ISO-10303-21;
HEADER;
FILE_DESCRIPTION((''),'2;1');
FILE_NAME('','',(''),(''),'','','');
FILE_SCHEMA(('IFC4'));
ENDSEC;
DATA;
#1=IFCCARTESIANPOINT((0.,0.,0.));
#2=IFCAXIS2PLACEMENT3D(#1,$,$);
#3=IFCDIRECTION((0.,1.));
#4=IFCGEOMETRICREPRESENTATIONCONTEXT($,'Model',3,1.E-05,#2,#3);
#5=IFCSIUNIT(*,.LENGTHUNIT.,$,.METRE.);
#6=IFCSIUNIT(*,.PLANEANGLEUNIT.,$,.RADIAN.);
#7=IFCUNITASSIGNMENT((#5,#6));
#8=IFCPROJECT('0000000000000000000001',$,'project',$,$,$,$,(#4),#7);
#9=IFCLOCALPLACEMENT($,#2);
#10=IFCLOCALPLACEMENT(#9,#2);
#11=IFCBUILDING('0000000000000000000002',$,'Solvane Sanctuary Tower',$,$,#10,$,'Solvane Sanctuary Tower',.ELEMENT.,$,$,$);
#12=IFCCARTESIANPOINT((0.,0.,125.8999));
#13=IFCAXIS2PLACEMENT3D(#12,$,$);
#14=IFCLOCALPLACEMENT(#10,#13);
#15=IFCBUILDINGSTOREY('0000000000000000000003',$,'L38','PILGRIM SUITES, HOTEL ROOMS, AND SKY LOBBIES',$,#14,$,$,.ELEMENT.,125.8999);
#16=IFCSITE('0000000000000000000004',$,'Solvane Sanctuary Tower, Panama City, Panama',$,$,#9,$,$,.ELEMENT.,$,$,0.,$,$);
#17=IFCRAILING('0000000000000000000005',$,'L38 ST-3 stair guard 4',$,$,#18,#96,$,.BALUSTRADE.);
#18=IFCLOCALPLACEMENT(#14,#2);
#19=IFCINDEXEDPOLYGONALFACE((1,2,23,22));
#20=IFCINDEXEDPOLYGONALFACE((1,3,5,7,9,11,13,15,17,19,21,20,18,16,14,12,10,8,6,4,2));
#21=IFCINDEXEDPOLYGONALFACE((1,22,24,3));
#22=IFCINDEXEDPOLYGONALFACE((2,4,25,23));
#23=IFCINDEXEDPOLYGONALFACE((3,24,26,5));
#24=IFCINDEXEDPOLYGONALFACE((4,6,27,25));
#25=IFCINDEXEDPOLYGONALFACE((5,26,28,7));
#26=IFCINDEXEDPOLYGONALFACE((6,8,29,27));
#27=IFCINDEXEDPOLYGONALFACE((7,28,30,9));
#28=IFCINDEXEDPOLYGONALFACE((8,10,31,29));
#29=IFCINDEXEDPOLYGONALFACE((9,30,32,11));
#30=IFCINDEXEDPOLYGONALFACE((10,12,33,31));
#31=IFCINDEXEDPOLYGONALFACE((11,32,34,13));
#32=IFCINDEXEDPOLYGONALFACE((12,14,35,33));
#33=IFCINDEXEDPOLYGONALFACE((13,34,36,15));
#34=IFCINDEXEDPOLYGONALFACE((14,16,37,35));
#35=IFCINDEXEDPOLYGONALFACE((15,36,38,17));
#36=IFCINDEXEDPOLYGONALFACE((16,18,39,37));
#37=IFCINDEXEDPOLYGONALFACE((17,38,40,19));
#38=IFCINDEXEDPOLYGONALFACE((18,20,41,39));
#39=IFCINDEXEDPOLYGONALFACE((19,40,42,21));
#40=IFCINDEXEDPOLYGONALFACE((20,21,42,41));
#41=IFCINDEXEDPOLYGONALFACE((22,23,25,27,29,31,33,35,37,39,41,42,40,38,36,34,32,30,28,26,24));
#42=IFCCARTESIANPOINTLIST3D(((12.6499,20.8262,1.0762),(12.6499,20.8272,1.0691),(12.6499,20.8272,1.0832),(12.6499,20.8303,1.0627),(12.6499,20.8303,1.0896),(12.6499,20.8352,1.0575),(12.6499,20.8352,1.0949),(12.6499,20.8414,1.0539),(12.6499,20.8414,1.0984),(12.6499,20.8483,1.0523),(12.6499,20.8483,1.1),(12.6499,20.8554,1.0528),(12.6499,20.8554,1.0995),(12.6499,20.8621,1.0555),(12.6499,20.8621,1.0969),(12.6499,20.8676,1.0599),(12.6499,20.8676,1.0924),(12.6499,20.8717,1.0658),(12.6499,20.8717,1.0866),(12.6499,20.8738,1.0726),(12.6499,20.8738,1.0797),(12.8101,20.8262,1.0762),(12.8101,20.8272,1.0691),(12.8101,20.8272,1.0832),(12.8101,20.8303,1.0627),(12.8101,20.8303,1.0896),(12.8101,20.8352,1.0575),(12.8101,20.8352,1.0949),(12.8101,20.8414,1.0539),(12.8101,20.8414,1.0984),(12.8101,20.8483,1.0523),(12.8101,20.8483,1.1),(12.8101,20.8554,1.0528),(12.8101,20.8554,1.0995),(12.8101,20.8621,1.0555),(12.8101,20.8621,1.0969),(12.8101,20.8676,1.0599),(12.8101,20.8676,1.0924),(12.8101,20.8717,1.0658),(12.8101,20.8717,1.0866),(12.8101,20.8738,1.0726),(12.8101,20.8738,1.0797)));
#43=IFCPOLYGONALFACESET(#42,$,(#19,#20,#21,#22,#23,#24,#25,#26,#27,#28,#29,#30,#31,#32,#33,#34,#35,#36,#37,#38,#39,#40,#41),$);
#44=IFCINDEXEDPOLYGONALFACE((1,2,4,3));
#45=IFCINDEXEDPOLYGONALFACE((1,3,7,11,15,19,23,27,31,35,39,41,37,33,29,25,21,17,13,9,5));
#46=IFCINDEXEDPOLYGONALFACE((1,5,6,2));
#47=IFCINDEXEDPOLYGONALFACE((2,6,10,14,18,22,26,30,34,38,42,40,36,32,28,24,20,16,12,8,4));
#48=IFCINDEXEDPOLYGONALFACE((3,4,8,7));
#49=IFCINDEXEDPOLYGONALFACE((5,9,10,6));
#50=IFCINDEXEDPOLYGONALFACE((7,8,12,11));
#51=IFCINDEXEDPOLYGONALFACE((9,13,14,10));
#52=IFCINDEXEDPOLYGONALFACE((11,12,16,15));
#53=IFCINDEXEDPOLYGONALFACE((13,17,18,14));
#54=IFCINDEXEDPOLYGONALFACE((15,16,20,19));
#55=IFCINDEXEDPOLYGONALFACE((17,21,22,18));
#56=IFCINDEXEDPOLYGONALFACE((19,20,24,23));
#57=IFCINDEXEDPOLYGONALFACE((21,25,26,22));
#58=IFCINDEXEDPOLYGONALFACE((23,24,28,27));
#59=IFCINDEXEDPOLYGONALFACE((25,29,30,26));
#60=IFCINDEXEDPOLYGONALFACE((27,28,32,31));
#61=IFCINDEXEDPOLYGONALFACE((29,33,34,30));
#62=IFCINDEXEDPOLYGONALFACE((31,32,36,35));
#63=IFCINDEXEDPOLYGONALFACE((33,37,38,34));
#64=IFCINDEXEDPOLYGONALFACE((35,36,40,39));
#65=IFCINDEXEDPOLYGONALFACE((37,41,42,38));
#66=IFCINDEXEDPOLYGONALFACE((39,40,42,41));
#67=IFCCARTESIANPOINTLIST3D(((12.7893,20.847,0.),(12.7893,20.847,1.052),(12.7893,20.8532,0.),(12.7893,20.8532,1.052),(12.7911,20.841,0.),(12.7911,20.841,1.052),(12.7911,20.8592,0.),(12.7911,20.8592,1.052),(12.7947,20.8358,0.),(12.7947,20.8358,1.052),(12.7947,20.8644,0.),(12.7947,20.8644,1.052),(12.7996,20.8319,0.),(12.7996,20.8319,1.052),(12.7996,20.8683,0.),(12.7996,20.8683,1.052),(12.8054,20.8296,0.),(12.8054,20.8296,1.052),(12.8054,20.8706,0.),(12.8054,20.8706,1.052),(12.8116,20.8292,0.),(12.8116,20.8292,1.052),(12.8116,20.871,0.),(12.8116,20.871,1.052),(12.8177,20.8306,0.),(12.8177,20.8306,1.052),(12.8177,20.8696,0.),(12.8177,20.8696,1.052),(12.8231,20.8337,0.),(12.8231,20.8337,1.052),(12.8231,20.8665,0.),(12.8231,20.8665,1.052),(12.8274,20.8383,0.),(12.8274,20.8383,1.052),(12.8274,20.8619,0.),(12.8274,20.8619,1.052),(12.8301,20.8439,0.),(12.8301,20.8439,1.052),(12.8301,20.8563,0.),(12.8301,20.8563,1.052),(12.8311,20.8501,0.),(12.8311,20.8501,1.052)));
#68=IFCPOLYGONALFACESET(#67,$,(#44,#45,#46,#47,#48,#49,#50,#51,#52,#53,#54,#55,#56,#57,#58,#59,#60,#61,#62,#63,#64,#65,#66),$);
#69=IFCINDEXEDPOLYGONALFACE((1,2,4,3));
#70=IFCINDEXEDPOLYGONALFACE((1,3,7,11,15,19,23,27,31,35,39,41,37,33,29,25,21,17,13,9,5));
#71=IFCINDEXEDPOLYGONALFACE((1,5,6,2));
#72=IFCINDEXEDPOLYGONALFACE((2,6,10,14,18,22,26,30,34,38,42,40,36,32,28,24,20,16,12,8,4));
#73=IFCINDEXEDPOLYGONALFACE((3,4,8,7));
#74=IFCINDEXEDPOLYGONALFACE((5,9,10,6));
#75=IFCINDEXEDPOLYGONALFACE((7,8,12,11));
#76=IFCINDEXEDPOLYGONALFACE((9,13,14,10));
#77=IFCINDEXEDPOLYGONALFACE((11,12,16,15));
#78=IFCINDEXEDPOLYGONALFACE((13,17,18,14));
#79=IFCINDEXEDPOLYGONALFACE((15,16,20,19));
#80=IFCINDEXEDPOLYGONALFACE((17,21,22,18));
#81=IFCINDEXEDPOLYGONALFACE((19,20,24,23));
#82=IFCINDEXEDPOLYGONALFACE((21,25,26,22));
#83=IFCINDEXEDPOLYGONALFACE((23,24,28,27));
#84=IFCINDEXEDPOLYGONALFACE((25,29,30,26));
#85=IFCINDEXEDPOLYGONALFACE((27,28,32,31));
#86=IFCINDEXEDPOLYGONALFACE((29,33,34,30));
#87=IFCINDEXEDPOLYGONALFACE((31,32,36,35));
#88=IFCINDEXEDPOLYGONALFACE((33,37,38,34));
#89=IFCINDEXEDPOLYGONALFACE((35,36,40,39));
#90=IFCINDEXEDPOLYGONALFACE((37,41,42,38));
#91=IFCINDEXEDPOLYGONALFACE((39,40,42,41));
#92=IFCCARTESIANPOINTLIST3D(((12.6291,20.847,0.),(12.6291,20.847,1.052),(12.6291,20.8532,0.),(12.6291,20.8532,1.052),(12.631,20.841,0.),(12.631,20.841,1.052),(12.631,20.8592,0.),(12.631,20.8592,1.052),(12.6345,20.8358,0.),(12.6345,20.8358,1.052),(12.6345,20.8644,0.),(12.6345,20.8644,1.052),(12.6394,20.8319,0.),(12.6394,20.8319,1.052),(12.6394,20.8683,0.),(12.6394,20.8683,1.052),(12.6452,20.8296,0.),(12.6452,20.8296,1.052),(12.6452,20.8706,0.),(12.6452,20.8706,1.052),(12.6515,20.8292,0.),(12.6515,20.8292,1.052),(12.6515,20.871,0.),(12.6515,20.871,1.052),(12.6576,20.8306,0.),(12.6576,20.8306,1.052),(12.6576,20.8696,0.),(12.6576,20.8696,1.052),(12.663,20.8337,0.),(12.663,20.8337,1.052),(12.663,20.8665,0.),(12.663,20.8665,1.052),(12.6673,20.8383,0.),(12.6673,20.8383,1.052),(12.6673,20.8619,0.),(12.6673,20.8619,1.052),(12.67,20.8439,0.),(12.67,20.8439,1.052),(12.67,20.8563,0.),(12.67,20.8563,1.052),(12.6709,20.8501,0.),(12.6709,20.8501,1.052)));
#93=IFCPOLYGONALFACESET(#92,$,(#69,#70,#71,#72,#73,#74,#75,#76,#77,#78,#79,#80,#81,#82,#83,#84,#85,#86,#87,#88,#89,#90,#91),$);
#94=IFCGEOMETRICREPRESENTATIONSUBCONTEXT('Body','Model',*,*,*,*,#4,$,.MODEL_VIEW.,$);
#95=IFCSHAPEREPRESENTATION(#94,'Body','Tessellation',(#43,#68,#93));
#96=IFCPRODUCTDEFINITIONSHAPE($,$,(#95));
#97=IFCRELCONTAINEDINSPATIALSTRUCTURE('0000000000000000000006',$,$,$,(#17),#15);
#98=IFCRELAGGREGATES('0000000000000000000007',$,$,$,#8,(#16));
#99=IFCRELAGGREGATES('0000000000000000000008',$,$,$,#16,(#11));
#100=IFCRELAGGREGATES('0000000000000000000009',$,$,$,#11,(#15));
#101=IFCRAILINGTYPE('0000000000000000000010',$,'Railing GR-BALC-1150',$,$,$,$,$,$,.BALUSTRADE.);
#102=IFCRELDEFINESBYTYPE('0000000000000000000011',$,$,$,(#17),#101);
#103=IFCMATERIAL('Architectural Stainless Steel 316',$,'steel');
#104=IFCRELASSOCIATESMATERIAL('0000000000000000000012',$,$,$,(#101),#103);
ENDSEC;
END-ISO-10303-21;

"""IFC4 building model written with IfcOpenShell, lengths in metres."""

from ifc_helpers import new_model, si_unit, direction, frame, origin, origin_2d, place, context, subcontext, project, spatial, circle, extrude, material, type_object, element, save


model = new_model("IFC4")

# Units and contexts
model_context = context("Model", 3, precision=1e-05, world=origin(), true_north=direction((0.0, 1.0)))
body_context = subcontext(model_context, "Body", "Model", "MODEL_VIEW")
ifc_project = project(units=[si_unit("LENGTHUNIT", "METRE"), si_unit("PLANEANGLEUNIT", "RADIAN")], contexts=[model_context])

# Site, building, storey
site_placement = place(None, origin())
site = spatial("IfcSite", under=ifc_project, at=site_placement, Name="Solvane Sanctuary Tower, Panama City, Panama", CompositionType="ELEMENT", RefElevation=0.0)
building_placement = place(site_placement, origin())
building = spatial("IfcBuilding", under=site, at=building_placement, Name="Solvane Sanctuary Tower", LongName="Solvane Sanctuary Tower", CompositionType="ELEMENT")
storey_placement = place(building_placement, frame((0.0, 0.0, 125.8999)))
storey = spatial("IfcBuildingStorey", under=building, at=storey_placement, Name="L38", Description="PILGRIM SUITES, HOTEL ROOMS, AND SKY LOBBIES", CompositionType="ELEMENT", Elevation=125.8999)

# Shared definitions
ifc_material_1 = material(Name="Architectural Stainless Steel 316", Category="steel")

# Railing
railing_type_1 = type_object("IfcRailingType", Name="Railing GR-BALC-1150", PredefinedType="BALUSTRADE", material=ifc_material_1)
railing_1_placement = place(storey_placement, frame((12.8101, 20.8501, 0.0)))
element("IfcRailing", 1, at=railing_1_placement, inside=storey, type_object=railing_type_1, Name="L38 ST-3 stair guard 4", PredefinedType="BALUSTRADE", context=body_context, shape_type="SweptSolid", body=[
    extrude(circle(Radius=0.0239, at=origin_2d()), frame((0.0, 0.0, 1.0762), z_axis=(-1.0, 0.0, 0.0), x_axis=(0.0, -1.0, 0.0)), (0.0, 0.0, 1.0), 0.1602),
    extrude(circle(Radius=0.021, at=origin_2d()), origin(), (0.0, 0.0, 1.0), 1.052),
    extrude(circle(Radius=0.021, at=origin_2d()), frame((-0.1602, 0.0, 0.0)), (0.0, 0.0, 1.0), 1.052),
])

save(model, "model.ifc")
